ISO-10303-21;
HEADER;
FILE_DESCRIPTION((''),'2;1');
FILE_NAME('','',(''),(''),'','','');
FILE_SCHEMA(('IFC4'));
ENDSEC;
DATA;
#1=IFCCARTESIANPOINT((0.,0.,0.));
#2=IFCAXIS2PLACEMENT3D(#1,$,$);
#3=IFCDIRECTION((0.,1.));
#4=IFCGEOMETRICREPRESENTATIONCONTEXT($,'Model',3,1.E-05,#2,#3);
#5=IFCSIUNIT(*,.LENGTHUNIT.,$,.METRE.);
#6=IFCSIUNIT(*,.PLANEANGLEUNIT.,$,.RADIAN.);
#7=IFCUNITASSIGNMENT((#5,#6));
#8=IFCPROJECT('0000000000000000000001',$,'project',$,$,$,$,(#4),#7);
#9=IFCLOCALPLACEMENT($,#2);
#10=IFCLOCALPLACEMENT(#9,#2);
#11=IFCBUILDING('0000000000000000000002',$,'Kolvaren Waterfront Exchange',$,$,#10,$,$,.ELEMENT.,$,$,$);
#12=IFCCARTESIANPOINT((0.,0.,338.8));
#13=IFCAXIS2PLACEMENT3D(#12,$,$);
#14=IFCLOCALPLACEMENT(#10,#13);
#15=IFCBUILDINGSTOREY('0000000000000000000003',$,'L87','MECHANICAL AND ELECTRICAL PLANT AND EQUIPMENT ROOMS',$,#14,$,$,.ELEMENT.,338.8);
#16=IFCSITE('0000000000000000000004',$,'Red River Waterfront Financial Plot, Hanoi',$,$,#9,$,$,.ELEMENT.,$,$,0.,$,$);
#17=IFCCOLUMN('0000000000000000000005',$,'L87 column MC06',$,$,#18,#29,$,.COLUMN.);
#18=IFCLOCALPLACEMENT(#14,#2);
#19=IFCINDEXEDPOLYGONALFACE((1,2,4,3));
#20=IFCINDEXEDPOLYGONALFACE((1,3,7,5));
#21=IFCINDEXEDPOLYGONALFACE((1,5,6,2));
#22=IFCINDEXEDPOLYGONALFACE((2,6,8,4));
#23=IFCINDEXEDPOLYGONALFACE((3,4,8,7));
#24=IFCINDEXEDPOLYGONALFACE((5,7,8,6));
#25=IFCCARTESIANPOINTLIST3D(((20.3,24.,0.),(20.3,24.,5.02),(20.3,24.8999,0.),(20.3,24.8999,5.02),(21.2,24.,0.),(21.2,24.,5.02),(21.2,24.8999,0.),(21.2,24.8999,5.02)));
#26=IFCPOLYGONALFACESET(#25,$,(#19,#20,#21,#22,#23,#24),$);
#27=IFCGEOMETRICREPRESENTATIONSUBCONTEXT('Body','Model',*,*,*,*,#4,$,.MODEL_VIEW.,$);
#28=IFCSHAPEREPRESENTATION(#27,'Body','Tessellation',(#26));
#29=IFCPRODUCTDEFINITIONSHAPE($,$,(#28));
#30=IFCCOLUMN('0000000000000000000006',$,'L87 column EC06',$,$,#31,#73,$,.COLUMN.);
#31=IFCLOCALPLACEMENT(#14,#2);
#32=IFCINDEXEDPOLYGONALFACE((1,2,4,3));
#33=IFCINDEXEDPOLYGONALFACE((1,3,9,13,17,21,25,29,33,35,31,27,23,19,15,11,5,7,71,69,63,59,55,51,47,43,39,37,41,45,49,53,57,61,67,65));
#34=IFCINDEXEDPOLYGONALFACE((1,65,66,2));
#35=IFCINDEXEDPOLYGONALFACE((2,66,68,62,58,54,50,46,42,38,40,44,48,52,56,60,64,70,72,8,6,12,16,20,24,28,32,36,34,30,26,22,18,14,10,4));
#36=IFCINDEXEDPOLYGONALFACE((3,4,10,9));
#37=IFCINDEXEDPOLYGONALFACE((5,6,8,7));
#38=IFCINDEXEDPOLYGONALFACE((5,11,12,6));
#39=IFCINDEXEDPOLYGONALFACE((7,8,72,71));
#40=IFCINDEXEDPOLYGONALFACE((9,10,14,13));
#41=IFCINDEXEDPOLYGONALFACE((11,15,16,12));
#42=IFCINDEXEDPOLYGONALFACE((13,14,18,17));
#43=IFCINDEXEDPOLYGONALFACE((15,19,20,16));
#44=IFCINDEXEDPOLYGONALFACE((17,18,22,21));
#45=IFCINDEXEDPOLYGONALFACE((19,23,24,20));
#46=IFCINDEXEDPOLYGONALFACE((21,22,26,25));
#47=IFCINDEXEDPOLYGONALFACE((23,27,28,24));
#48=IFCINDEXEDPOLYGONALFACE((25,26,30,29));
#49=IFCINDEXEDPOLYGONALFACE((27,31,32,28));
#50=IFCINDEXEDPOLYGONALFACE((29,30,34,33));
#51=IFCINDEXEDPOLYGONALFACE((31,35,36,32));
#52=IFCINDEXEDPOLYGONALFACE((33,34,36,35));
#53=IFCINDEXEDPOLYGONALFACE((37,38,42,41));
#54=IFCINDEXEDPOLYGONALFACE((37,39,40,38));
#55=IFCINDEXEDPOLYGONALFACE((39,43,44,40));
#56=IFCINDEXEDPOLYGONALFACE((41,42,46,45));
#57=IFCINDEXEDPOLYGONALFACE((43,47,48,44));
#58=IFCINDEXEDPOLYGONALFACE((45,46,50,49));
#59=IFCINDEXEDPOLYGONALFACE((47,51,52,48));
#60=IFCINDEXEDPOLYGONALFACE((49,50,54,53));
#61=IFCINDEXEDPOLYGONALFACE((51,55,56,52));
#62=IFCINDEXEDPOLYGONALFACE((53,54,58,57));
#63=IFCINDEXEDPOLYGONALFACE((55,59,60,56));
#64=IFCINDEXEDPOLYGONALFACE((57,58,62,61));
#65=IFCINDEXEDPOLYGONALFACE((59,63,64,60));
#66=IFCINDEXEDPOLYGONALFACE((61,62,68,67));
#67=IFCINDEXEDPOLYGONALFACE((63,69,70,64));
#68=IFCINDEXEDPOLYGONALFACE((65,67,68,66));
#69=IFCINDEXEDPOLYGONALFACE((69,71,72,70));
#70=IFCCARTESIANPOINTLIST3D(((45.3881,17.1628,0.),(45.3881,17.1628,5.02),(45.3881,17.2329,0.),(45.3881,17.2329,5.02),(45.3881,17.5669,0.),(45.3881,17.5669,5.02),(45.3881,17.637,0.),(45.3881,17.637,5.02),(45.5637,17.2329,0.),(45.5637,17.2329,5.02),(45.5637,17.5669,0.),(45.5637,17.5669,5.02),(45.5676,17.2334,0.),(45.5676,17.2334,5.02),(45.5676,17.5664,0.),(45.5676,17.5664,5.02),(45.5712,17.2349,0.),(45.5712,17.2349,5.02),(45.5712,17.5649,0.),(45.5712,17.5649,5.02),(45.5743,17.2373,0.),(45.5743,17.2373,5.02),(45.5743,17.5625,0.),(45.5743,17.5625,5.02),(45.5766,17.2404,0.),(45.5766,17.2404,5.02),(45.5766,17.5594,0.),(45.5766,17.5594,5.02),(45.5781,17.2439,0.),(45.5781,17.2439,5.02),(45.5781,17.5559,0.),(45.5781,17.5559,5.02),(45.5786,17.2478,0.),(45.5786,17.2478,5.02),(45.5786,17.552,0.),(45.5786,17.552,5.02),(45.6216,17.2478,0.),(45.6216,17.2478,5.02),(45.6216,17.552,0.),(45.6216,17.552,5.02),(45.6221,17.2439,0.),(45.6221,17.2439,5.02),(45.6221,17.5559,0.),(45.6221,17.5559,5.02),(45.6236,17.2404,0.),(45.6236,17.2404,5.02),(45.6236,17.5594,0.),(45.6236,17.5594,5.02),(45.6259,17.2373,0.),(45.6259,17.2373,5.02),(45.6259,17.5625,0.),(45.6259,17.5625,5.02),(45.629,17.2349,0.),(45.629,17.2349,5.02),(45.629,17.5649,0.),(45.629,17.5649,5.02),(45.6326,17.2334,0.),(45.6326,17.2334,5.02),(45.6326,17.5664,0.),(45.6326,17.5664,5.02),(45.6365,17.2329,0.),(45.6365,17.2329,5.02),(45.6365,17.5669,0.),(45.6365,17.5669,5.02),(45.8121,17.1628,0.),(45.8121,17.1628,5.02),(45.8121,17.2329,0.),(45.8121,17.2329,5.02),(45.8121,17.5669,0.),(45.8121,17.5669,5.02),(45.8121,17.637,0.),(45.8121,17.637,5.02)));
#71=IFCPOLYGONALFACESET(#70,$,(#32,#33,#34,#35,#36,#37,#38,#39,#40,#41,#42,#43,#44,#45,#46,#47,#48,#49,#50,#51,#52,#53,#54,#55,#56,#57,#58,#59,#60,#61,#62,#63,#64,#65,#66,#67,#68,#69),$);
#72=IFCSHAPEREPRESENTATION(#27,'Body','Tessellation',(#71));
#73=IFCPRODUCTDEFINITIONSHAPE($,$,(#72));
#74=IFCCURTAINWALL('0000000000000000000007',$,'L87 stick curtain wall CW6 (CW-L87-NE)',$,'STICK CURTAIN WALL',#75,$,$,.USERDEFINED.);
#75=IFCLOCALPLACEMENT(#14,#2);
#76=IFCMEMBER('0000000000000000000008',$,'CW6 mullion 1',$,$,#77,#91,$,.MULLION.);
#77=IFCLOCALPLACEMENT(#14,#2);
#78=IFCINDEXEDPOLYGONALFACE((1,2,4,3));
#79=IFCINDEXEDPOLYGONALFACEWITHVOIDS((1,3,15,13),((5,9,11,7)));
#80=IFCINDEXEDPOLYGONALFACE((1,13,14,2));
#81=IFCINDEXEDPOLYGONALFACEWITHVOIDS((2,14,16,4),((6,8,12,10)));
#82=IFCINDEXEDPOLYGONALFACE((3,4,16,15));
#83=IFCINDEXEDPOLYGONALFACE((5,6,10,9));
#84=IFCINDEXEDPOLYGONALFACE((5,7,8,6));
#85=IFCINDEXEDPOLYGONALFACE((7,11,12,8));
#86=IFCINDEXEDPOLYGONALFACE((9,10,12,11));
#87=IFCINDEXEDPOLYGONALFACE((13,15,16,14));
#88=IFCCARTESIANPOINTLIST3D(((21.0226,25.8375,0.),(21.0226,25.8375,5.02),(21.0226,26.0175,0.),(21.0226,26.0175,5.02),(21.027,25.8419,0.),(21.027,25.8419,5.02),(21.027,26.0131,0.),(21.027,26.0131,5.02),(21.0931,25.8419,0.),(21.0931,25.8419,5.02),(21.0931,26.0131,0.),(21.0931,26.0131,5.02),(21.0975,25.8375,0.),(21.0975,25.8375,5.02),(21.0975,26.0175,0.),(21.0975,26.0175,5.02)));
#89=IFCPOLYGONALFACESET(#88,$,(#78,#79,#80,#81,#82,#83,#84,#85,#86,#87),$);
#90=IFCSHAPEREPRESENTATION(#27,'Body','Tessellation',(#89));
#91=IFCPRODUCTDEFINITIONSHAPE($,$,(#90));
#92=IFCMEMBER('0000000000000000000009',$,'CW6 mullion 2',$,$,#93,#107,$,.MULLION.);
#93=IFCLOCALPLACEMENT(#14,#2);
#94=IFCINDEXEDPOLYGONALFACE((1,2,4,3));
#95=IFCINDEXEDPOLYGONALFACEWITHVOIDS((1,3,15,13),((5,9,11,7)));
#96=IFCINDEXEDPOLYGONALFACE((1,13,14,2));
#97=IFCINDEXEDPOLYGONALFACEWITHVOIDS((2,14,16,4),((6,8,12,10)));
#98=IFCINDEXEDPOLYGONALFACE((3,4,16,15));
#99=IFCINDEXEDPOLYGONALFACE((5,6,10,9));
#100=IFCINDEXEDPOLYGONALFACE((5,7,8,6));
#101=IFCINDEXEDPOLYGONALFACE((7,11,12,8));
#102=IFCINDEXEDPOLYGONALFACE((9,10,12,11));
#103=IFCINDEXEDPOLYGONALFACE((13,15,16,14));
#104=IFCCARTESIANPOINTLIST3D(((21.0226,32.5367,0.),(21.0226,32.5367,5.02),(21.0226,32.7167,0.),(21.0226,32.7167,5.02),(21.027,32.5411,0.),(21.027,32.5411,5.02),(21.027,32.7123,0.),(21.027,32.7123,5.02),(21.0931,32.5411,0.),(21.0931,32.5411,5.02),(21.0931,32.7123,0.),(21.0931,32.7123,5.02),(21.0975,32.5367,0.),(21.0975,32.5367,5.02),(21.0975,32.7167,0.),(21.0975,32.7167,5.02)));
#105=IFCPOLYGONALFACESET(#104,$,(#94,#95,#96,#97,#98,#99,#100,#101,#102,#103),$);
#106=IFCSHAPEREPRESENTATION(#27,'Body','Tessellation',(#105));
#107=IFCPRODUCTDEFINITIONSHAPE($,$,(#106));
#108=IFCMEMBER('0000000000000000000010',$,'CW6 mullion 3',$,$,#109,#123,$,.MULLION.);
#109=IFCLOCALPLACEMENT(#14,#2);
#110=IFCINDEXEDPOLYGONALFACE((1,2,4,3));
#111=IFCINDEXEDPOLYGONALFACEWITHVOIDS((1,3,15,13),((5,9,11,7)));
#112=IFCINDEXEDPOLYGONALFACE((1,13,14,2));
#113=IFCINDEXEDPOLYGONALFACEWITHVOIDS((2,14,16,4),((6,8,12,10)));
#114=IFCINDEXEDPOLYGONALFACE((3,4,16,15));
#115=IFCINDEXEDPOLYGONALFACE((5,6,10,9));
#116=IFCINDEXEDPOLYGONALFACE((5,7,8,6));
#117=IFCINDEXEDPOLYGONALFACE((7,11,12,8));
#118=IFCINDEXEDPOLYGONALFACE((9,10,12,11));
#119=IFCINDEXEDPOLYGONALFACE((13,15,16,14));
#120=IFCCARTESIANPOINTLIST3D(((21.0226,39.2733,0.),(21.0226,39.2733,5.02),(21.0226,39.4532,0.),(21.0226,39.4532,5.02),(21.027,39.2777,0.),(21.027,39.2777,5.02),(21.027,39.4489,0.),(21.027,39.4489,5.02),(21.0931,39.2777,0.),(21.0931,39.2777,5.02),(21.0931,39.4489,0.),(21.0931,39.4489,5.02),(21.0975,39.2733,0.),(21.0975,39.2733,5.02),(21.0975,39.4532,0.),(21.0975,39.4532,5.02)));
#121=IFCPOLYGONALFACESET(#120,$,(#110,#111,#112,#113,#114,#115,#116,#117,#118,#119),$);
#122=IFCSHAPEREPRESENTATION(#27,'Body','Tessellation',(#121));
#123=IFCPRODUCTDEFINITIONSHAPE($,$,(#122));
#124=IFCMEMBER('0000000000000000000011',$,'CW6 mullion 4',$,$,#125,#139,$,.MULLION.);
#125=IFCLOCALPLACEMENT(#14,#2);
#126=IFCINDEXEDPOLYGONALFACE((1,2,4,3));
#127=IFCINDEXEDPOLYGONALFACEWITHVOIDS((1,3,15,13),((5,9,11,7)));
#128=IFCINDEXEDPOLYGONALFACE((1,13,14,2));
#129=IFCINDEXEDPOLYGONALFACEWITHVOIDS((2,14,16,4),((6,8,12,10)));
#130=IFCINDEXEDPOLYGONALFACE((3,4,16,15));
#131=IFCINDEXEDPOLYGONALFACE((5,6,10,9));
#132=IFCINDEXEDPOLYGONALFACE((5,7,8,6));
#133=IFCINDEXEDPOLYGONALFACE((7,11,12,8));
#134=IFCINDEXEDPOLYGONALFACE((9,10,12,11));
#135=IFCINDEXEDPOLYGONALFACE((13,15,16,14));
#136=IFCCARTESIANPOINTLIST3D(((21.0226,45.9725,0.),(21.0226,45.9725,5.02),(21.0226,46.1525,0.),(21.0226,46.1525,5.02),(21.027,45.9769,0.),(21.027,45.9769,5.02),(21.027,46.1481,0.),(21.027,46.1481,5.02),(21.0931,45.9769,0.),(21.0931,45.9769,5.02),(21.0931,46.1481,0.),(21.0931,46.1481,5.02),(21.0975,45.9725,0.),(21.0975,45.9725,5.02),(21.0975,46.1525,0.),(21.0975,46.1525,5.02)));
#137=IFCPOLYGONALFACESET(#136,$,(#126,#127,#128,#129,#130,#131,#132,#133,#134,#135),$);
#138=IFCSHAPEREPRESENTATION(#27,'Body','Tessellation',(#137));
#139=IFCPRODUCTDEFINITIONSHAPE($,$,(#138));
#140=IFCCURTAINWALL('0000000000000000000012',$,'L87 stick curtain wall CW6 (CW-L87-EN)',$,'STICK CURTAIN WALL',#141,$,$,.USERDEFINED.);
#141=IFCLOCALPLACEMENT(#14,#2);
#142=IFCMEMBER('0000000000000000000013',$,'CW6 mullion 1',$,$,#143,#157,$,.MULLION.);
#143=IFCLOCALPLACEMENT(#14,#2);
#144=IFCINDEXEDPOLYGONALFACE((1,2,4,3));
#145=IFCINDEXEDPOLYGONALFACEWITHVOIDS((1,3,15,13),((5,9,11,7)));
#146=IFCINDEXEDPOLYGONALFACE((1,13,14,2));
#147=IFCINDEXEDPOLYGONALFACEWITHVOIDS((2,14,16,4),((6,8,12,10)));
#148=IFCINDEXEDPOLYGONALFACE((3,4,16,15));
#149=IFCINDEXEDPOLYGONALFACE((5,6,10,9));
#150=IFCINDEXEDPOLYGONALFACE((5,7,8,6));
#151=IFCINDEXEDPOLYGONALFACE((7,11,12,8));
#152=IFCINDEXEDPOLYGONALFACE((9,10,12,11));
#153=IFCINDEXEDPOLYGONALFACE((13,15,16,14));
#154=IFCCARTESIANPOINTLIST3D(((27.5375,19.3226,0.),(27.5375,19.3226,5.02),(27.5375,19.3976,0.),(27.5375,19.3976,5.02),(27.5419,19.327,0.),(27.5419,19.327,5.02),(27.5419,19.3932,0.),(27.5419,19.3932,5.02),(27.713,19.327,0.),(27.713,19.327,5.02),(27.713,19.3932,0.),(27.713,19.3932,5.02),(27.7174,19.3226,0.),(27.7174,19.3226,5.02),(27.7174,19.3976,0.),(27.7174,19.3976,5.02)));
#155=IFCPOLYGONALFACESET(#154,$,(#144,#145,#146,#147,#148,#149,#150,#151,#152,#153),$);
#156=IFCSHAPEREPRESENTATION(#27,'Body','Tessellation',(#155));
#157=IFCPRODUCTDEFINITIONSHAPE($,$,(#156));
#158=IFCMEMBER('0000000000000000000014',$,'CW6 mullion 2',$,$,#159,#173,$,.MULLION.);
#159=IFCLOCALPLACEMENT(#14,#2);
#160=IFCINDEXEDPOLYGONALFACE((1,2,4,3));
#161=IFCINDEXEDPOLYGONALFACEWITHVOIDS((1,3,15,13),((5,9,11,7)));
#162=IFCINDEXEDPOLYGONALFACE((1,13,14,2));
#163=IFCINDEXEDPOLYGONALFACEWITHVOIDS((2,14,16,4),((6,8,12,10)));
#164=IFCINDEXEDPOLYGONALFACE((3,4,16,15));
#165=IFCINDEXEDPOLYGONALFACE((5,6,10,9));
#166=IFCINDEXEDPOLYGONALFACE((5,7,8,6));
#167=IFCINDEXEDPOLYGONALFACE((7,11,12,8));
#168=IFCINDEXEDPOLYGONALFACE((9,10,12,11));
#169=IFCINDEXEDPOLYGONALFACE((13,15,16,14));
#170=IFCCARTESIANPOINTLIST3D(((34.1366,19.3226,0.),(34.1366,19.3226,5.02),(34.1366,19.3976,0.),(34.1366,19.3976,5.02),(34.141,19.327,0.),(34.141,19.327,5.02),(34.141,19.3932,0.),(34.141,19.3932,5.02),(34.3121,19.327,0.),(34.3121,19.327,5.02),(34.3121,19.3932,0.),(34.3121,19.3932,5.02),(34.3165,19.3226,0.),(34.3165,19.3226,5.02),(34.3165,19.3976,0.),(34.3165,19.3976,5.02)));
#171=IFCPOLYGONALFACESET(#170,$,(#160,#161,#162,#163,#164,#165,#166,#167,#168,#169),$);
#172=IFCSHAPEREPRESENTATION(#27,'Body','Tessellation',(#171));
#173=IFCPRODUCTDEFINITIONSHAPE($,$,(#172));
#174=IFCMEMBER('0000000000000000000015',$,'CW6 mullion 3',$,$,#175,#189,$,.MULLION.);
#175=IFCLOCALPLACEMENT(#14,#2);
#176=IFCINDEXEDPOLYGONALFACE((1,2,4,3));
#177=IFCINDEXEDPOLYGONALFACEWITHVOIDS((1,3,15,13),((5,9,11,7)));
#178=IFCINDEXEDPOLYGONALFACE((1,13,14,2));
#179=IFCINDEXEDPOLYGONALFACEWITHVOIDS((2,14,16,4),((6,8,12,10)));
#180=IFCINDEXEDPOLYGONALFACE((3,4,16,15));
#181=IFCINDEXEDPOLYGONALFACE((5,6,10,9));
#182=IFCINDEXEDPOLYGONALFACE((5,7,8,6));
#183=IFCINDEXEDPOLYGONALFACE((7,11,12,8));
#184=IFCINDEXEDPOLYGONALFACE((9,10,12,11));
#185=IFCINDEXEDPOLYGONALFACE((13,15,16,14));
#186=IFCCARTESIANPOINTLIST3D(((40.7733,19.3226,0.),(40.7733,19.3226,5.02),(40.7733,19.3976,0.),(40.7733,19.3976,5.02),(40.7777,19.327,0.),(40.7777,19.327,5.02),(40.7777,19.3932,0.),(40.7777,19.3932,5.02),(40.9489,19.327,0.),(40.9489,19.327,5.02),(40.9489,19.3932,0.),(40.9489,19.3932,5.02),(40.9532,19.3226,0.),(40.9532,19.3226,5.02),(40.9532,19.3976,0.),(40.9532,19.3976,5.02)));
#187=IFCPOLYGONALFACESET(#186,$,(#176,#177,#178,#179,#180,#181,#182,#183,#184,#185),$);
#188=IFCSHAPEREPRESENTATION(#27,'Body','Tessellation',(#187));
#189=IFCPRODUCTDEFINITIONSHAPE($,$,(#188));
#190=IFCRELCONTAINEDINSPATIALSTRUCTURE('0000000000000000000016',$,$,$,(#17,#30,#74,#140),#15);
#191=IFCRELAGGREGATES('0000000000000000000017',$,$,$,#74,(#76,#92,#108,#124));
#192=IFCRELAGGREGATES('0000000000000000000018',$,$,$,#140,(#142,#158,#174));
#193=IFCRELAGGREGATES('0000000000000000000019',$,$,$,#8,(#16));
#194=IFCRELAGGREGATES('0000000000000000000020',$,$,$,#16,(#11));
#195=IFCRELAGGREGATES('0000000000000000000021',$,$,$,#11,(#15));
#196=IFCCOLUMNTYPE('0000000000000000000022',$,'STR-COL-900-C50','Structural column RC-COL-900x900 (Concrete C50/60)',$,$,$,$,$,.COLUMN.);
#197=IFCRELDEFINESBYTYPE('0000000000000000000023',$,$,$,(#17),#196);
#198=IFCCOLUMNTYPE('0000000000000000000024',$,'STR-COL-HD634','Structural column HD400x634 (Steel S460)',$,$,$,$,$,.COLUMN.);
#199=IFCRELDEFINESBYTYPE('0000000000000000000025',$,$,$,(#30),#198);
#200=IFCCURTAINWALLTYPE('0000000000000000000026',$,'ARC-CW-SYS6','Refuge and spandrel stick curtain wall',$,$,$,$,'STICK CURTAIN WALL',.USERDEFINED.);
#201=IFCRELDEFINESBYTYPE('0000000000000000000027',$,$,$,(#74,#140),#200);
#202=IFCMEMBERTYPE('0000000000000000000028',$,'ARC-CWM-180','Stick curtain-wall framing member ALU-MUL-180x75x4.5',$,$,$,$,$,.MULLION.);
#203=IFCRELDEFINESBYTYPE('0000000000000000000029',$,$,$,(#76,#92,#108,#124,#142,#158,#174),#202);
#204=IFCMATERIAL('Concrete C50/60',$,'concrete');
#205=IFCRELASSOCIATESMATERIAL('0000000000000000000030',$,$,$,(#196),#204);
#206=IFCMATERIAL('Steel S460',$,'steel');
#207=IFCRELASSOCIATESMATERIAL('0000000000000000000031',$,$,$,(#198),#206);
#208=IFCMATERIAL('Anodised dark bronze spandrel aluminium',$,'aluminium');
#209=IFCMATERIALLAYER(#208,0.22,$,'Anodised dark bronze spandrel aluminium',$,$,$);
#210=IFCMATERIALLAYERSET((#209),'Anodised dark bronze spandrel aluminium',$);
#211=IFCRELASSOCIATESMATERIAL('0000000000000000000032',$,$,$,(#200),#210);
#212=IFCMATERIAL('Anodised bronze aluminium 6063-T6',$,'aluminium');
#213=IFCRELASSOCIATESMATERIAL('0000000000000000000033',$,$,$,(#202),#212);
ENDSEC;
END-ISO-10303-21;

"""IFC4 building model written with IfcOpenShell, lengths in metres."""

from ifc_helpers import new_model, si_unit, direction, frame, origin, origin_with_axes, origin_2d, place, context, subcontext, project, spatial, rectangle, hollow_rectangle, i_section, extrude, source, transform, mapped, material, layer, layer_set, material_profile, profile_set, type_object, element, aggregate, save


model = new_model("IFC4")

# Units and contexts
model_context = context("Model", 3, precision=1e-05, world=origin(), true_north=direction((0.0, 1.0)))
body_context = subcontext(model_context, "Body", "Model", "MODEL_VIEW")
ifc_project = project(units=[si_unit("LENGTHUNIT", "METRE"), si_unit("PLANEANGLEUNIT", "RADIAN")], contexts=[model_context])

# Site, building, storey
site_placement = place(None, origin())
site = spatial("IfcSite", under=ifc_project, at=site_placement, Name="Red River Waterfront Financial Plot, Hanoi", CompositionType="ELEMENT", RefElevation=0.0)
building_placement = place(site_placement, origin())
building = spatial("IfcBuilding", under=site, at=building_placement, Name="Kolvaren Waterfront Exchange", CompositionType="ELEMENT")
storey_placement = place(building_placement, frame((0.0, 0.0, 338.8)))
storey = spatial("IfcBuildingStorey", under=building, at=storey_placement, Name="L87", Description="MECHANICAL AND ELECTRICAL PLANT AND EQUIPMENT ROOMS", CompositionType="ELEMENT", Elevation=338.8)

# Columns
ifc_material_1 = material(Name="Concrete C50/60", Category="concrete")
ifc_material_profile_1 = material_profile(ifc_material_1, rectangle(XDim=0.8999, YDim=0.8999, at=origin_2d()), Name="RC-COL-900x900")
ifc_profile_set_1 = profile_set([ifc_material_profile_1], Name="Concrete C50/60")
column_type_1 = type_object("IfcColumnType", Name="STR-COL-900-C50", Description="Structural column RC-COL-900x900 (Concrete C50/60)", PredefinedType="COLUMN", material=ifc_profile_set_1)
column_1_placement = place(storey_placement, frame((20.75, 24.45, 0.0), z_axis=(0.0, 0.0, 1.0), x_axis=(1.0, 0.0, 0.0)))
element("IfcColumn", 1, at=column_1_placement, inside=storey, type_object=column_type_1, Name="L87 column MC06", PredefinedType="COLUMN", context=body_context, shape_type="SweptSolid", body=[
    extrude(rectangle(XDim=0.8999, YDim=0.8999, at=origin_2d()), origin(), (0.0, 0.0, 1.0), 5.02),
])
ifc_material_2 = material(Name="Steel S460", Category="steel")
ifc_material_profile_2 = material_profile(ifc_material_2, i_section(OverallWidth=0.4241, OverallDepth=0.4741, WebThickness=0.043, FlangeThickness=0.0701, FilletRadius=0.0149, at=origin_2d()), Name="HD400x634")
ifc_profile_set_2 = profile_set([ifc_material_profile_2], Name="Steel S460")
column_type_2 = type_object("IfcColumnType", Name="STR-COL-HD634", Description="Structural column HD400x634 (Steel S460)", PredefinedType="COLUMN", material=ifc_profile_set_2)
column_2_placement = place(storey_placement, frame((45.6001, 17.3999, 0.0), z_axis=(0.0, 0.0, 1.0), x_axis=(1.0, 0.0, 0.0)))
element("IfcColumn", 2, at=column_2_placement, inside=storey, type_object=column_type_2, Name="L87 column EC06", PredefinedType="COLUMN", context=body_context, shape_type="SweptSolid", body=[
    extrude(i_section(OverallWidth=0.4241, OverallDepth=0.4741, WebThickness=0.043, FlangeThickness=0.0701, FilletRadius=0.0149, at=origin_2d()), origin(), (0.0, 0.0, 1.0), 5.02),
])

# Curtain walls, members
ifc_material_3 = material(Name="Anodised dark bronze spandrel aluminium", Category="aluminium")
ifc_layer_1 = layer(ifc_material_3, 0.22, Name="Anodised dark bronze spandrel aluminium")
ifc_layer_set_1 = layer_set([ifc_layer_1], Name="Anodised dark bronze spandrel aluminium")
curtain_wall_type = type_object("IfcCurtainWallType", Name="ARC-CW-SYS6", Description="Refuge and spandrel stick curtain wall", ElementType="STICK CURTAIN WALL", PredefinedType="USERDEFINED", material=ifc_layer_set_1)
curtain_wall_1_placement = place(storey_placement, origin())
curtain_wall_1 = element("IfcCurtainWall", 3, at=curtain_wall_1_placement, inside=storey, type_object=curtain_wall_type, Name="L87 stick curtain wall CW6 (CW-L87-NE)", ObjectType="STICK CURTAIN WALL", PredefinedType="USERDEFINED")
ifc_material_4 = material(Name="Anodised bronze aluminium 6063-T6", Category="aluminium")
ifc_material_profile_3 = material_profile(ifc_material_4, hollow_rectangle(XDim=0.075, YDim=0.1799, WallThickness=0.0044, at=origin_2d()), Name="ALU-MUL-180x75x4.5")
ifc_profile_set_3 = profile_set([ifc_material_profile_3], Name="Anodised bronze aluminium 6063-T6")
member_type_1 = type_object("IfcMemberType", Name="ARC-CWM-180", Description="Stick curtain-wall framing member ALU-MUL-180x75x4.5", PredefinedType="MULLION", material=ifc_profile_set_3)
shared_shape_1 = source(origin_with_axes(), body_context, "Body", "SweptSolid", [
    extrude(hollow_rectangle(XDim=0.075, YDim=0.1799, WallThickness=0.0044, at=origin_2d()), origin(), (0.0, 0.0, 1.0), 5.02),
])
member_1_placement = place(storey_placement, frame((21.0601, 25.9275, 0.0), z_axis=(0.0, 0.0, 1.0), x_axis=(-1.0, 0.0, 0.0)))
member_1 = element("IfcMember", 4, at=member_1_placement, type_object=member_type_1, Name="CW6 mullion 1", PredefinedType="MULLION", context=body_context, shape_type="MappedRepresentation", body=[
    mapped(shared_shape_1, transform((0.0, 0.0, 0.0), x_axis=(1.0, 0.0, 0.0), y_axis=(0.0, 1.0, 0.0), z_axis=(0.0, 0.0, 1.0), scale=1.0)),
])
member_2_placement = place(storey_placement, frame((21.0601, 32.6267, 0.0), z_axis=(0.0, 0.0, 1.0), x_axis=(-1.0, 0.0, 0.0)))
member_2 = element("IfcMember", 5, at=member_2_placement, type_object=member_type_1, Name="CW6 mullion 2", PredefinedType="MULLION", context=body_context, shape_type="MappedRepresentation", body=[
    mapped(shared_shape_1, transform((0.0, 0.0, 0.0), x_axis=(1.0, 0.0, 0.0), y_axis=(0.0, 1.0, 0.0), z_axis=(0.0, 0.0, 1.0), scale=1.0)),
])
member_3_placement = place(storey_placement, frame((21.0601, 39.3633, 0.0), z_axis=(0.0, 0.0, 1.0), x_axis=(-1.0, 0.0, 0.0)))
member_3 = element("IfcMember", 6, at=member_3_placement, type_object=member_type_1, Name="CW6 mullion 3", PredefinedType="MULLION", context=body_context, shape_type="MappedRepresentation", body=[
    mapped(shared_shape_1, transform((0.0, 0.0, 0.0), x_axis=(1.0, 0.0, 0.0), y_axis=(0.0, 1.0, 0.0), z_axis=(0.0, 0.0, 1.0), scale=1.0)),
])
member_4_placement = place(storey_placement, frame((21.0601, 46.0625, 0.0), z_axis=(0.0, 0.0, 1.0), x_axis=(-1.0, 0.0, 0.0)))
member_4 = element("IfcMember", 7, at=member_4_placement, type_object=member_type_1, Name="CW6 mullion 4", PredefinedType="MULLION", context=body_context, shape_type="MappedRepresentation", body=[
    mapped(shared_shape_1, transform((0.0, 0.0, 0.0), x_axis=(1.0, 0.0, 0.0), y_axis=(0.0, 1.0, 0.0), z_axis=(0.0, 0.0, 1.0), scale=1.0)),
])
curtain_wall_2_placement = place(storey_placement, origin())
curtain_wall_2 = element("IfcCurtainWall", 8, at=curtain_wall_2_placement, inside=storey, type_object=curtain_wall_type, Name="L87 stick curtain wall CW6 (CW-L87-EN)", ObjectType="STICK CURTAIN WALL", PredefinedType="USERDEFINED")
member_5_placement = place(storey_placement, frame((27.6274, 19.3601, 0.0), z_axis=(0.0, 0.0, 1.0), x_axis=(0.0, 1.0, 0.0)))
member_5 = element("IfcMember", 9, at=member_5_placement, type_object=member_type_1, Name="CW6 mullion 1", PredefinedType="MULLION", context=body_context, shape_type="MappedRepresentation", body=[
    mapped(shared_shape_1, transform((0.0, 0.0, 0.0), x_axis=(1.0, 0.0, 0.0), y_axis=(0.0, 1.0, 0.0), z_axis=(0.0, 0.0, 1.0), scale=1.0)),
])
member_6_placement = place(storey_placement, frame((34.2266, 19.3601, 0.0), z_axis=(0.0, 0.0, 1.0), x_axis=(0.0, 1.0, 0.0)))
member_6 = element("IfcMember", 10, at=member_6_placement, type_object=member_type_1, Name="CW6 mullion 2", PredefinedType="MULLION", context=body_context, shape_type="MappedRepresentation", body=[
    mapped(shared_shape_1, transform((0.0, 0.0, 0.0), x_axis=(1.0, 0.0, 0.0), y_axis=(0.0, 1.0, 0.0), z_axis=(0.0, 0.0, 1.0), scale=1.0)),
])
member_7_placement = place(storey_placement, frame((40.8633, 19.3601, 0.0), z_axis=(0.0, 0.0, 1.0), x_axis=(0.0, 1.0, 0.0)))
member_7 = element("IfcMember", 11, at=member_7_placement, type_object=member_type_1, Name="CW6 mullion 3", PredefinedType="MULLION", context=body_context, shape_type="MappedRepresentation", body=[
    mapped(shared_shape_1, transform((0.0, 0.0, 0.0), x_axis=(1.0, 0.0, 0.0), y_axis=(0.0, 1.0, 0.0), z_axis=(0.0, 0.0, 1.0), scale=1.0)),
])

aggregate(curtain_wall_1, [member_1, member_2, member_3, member_4])
aggregate(curtain_wall_2, [member_5, member_6, member_7])

save(model, "model.ifc")
